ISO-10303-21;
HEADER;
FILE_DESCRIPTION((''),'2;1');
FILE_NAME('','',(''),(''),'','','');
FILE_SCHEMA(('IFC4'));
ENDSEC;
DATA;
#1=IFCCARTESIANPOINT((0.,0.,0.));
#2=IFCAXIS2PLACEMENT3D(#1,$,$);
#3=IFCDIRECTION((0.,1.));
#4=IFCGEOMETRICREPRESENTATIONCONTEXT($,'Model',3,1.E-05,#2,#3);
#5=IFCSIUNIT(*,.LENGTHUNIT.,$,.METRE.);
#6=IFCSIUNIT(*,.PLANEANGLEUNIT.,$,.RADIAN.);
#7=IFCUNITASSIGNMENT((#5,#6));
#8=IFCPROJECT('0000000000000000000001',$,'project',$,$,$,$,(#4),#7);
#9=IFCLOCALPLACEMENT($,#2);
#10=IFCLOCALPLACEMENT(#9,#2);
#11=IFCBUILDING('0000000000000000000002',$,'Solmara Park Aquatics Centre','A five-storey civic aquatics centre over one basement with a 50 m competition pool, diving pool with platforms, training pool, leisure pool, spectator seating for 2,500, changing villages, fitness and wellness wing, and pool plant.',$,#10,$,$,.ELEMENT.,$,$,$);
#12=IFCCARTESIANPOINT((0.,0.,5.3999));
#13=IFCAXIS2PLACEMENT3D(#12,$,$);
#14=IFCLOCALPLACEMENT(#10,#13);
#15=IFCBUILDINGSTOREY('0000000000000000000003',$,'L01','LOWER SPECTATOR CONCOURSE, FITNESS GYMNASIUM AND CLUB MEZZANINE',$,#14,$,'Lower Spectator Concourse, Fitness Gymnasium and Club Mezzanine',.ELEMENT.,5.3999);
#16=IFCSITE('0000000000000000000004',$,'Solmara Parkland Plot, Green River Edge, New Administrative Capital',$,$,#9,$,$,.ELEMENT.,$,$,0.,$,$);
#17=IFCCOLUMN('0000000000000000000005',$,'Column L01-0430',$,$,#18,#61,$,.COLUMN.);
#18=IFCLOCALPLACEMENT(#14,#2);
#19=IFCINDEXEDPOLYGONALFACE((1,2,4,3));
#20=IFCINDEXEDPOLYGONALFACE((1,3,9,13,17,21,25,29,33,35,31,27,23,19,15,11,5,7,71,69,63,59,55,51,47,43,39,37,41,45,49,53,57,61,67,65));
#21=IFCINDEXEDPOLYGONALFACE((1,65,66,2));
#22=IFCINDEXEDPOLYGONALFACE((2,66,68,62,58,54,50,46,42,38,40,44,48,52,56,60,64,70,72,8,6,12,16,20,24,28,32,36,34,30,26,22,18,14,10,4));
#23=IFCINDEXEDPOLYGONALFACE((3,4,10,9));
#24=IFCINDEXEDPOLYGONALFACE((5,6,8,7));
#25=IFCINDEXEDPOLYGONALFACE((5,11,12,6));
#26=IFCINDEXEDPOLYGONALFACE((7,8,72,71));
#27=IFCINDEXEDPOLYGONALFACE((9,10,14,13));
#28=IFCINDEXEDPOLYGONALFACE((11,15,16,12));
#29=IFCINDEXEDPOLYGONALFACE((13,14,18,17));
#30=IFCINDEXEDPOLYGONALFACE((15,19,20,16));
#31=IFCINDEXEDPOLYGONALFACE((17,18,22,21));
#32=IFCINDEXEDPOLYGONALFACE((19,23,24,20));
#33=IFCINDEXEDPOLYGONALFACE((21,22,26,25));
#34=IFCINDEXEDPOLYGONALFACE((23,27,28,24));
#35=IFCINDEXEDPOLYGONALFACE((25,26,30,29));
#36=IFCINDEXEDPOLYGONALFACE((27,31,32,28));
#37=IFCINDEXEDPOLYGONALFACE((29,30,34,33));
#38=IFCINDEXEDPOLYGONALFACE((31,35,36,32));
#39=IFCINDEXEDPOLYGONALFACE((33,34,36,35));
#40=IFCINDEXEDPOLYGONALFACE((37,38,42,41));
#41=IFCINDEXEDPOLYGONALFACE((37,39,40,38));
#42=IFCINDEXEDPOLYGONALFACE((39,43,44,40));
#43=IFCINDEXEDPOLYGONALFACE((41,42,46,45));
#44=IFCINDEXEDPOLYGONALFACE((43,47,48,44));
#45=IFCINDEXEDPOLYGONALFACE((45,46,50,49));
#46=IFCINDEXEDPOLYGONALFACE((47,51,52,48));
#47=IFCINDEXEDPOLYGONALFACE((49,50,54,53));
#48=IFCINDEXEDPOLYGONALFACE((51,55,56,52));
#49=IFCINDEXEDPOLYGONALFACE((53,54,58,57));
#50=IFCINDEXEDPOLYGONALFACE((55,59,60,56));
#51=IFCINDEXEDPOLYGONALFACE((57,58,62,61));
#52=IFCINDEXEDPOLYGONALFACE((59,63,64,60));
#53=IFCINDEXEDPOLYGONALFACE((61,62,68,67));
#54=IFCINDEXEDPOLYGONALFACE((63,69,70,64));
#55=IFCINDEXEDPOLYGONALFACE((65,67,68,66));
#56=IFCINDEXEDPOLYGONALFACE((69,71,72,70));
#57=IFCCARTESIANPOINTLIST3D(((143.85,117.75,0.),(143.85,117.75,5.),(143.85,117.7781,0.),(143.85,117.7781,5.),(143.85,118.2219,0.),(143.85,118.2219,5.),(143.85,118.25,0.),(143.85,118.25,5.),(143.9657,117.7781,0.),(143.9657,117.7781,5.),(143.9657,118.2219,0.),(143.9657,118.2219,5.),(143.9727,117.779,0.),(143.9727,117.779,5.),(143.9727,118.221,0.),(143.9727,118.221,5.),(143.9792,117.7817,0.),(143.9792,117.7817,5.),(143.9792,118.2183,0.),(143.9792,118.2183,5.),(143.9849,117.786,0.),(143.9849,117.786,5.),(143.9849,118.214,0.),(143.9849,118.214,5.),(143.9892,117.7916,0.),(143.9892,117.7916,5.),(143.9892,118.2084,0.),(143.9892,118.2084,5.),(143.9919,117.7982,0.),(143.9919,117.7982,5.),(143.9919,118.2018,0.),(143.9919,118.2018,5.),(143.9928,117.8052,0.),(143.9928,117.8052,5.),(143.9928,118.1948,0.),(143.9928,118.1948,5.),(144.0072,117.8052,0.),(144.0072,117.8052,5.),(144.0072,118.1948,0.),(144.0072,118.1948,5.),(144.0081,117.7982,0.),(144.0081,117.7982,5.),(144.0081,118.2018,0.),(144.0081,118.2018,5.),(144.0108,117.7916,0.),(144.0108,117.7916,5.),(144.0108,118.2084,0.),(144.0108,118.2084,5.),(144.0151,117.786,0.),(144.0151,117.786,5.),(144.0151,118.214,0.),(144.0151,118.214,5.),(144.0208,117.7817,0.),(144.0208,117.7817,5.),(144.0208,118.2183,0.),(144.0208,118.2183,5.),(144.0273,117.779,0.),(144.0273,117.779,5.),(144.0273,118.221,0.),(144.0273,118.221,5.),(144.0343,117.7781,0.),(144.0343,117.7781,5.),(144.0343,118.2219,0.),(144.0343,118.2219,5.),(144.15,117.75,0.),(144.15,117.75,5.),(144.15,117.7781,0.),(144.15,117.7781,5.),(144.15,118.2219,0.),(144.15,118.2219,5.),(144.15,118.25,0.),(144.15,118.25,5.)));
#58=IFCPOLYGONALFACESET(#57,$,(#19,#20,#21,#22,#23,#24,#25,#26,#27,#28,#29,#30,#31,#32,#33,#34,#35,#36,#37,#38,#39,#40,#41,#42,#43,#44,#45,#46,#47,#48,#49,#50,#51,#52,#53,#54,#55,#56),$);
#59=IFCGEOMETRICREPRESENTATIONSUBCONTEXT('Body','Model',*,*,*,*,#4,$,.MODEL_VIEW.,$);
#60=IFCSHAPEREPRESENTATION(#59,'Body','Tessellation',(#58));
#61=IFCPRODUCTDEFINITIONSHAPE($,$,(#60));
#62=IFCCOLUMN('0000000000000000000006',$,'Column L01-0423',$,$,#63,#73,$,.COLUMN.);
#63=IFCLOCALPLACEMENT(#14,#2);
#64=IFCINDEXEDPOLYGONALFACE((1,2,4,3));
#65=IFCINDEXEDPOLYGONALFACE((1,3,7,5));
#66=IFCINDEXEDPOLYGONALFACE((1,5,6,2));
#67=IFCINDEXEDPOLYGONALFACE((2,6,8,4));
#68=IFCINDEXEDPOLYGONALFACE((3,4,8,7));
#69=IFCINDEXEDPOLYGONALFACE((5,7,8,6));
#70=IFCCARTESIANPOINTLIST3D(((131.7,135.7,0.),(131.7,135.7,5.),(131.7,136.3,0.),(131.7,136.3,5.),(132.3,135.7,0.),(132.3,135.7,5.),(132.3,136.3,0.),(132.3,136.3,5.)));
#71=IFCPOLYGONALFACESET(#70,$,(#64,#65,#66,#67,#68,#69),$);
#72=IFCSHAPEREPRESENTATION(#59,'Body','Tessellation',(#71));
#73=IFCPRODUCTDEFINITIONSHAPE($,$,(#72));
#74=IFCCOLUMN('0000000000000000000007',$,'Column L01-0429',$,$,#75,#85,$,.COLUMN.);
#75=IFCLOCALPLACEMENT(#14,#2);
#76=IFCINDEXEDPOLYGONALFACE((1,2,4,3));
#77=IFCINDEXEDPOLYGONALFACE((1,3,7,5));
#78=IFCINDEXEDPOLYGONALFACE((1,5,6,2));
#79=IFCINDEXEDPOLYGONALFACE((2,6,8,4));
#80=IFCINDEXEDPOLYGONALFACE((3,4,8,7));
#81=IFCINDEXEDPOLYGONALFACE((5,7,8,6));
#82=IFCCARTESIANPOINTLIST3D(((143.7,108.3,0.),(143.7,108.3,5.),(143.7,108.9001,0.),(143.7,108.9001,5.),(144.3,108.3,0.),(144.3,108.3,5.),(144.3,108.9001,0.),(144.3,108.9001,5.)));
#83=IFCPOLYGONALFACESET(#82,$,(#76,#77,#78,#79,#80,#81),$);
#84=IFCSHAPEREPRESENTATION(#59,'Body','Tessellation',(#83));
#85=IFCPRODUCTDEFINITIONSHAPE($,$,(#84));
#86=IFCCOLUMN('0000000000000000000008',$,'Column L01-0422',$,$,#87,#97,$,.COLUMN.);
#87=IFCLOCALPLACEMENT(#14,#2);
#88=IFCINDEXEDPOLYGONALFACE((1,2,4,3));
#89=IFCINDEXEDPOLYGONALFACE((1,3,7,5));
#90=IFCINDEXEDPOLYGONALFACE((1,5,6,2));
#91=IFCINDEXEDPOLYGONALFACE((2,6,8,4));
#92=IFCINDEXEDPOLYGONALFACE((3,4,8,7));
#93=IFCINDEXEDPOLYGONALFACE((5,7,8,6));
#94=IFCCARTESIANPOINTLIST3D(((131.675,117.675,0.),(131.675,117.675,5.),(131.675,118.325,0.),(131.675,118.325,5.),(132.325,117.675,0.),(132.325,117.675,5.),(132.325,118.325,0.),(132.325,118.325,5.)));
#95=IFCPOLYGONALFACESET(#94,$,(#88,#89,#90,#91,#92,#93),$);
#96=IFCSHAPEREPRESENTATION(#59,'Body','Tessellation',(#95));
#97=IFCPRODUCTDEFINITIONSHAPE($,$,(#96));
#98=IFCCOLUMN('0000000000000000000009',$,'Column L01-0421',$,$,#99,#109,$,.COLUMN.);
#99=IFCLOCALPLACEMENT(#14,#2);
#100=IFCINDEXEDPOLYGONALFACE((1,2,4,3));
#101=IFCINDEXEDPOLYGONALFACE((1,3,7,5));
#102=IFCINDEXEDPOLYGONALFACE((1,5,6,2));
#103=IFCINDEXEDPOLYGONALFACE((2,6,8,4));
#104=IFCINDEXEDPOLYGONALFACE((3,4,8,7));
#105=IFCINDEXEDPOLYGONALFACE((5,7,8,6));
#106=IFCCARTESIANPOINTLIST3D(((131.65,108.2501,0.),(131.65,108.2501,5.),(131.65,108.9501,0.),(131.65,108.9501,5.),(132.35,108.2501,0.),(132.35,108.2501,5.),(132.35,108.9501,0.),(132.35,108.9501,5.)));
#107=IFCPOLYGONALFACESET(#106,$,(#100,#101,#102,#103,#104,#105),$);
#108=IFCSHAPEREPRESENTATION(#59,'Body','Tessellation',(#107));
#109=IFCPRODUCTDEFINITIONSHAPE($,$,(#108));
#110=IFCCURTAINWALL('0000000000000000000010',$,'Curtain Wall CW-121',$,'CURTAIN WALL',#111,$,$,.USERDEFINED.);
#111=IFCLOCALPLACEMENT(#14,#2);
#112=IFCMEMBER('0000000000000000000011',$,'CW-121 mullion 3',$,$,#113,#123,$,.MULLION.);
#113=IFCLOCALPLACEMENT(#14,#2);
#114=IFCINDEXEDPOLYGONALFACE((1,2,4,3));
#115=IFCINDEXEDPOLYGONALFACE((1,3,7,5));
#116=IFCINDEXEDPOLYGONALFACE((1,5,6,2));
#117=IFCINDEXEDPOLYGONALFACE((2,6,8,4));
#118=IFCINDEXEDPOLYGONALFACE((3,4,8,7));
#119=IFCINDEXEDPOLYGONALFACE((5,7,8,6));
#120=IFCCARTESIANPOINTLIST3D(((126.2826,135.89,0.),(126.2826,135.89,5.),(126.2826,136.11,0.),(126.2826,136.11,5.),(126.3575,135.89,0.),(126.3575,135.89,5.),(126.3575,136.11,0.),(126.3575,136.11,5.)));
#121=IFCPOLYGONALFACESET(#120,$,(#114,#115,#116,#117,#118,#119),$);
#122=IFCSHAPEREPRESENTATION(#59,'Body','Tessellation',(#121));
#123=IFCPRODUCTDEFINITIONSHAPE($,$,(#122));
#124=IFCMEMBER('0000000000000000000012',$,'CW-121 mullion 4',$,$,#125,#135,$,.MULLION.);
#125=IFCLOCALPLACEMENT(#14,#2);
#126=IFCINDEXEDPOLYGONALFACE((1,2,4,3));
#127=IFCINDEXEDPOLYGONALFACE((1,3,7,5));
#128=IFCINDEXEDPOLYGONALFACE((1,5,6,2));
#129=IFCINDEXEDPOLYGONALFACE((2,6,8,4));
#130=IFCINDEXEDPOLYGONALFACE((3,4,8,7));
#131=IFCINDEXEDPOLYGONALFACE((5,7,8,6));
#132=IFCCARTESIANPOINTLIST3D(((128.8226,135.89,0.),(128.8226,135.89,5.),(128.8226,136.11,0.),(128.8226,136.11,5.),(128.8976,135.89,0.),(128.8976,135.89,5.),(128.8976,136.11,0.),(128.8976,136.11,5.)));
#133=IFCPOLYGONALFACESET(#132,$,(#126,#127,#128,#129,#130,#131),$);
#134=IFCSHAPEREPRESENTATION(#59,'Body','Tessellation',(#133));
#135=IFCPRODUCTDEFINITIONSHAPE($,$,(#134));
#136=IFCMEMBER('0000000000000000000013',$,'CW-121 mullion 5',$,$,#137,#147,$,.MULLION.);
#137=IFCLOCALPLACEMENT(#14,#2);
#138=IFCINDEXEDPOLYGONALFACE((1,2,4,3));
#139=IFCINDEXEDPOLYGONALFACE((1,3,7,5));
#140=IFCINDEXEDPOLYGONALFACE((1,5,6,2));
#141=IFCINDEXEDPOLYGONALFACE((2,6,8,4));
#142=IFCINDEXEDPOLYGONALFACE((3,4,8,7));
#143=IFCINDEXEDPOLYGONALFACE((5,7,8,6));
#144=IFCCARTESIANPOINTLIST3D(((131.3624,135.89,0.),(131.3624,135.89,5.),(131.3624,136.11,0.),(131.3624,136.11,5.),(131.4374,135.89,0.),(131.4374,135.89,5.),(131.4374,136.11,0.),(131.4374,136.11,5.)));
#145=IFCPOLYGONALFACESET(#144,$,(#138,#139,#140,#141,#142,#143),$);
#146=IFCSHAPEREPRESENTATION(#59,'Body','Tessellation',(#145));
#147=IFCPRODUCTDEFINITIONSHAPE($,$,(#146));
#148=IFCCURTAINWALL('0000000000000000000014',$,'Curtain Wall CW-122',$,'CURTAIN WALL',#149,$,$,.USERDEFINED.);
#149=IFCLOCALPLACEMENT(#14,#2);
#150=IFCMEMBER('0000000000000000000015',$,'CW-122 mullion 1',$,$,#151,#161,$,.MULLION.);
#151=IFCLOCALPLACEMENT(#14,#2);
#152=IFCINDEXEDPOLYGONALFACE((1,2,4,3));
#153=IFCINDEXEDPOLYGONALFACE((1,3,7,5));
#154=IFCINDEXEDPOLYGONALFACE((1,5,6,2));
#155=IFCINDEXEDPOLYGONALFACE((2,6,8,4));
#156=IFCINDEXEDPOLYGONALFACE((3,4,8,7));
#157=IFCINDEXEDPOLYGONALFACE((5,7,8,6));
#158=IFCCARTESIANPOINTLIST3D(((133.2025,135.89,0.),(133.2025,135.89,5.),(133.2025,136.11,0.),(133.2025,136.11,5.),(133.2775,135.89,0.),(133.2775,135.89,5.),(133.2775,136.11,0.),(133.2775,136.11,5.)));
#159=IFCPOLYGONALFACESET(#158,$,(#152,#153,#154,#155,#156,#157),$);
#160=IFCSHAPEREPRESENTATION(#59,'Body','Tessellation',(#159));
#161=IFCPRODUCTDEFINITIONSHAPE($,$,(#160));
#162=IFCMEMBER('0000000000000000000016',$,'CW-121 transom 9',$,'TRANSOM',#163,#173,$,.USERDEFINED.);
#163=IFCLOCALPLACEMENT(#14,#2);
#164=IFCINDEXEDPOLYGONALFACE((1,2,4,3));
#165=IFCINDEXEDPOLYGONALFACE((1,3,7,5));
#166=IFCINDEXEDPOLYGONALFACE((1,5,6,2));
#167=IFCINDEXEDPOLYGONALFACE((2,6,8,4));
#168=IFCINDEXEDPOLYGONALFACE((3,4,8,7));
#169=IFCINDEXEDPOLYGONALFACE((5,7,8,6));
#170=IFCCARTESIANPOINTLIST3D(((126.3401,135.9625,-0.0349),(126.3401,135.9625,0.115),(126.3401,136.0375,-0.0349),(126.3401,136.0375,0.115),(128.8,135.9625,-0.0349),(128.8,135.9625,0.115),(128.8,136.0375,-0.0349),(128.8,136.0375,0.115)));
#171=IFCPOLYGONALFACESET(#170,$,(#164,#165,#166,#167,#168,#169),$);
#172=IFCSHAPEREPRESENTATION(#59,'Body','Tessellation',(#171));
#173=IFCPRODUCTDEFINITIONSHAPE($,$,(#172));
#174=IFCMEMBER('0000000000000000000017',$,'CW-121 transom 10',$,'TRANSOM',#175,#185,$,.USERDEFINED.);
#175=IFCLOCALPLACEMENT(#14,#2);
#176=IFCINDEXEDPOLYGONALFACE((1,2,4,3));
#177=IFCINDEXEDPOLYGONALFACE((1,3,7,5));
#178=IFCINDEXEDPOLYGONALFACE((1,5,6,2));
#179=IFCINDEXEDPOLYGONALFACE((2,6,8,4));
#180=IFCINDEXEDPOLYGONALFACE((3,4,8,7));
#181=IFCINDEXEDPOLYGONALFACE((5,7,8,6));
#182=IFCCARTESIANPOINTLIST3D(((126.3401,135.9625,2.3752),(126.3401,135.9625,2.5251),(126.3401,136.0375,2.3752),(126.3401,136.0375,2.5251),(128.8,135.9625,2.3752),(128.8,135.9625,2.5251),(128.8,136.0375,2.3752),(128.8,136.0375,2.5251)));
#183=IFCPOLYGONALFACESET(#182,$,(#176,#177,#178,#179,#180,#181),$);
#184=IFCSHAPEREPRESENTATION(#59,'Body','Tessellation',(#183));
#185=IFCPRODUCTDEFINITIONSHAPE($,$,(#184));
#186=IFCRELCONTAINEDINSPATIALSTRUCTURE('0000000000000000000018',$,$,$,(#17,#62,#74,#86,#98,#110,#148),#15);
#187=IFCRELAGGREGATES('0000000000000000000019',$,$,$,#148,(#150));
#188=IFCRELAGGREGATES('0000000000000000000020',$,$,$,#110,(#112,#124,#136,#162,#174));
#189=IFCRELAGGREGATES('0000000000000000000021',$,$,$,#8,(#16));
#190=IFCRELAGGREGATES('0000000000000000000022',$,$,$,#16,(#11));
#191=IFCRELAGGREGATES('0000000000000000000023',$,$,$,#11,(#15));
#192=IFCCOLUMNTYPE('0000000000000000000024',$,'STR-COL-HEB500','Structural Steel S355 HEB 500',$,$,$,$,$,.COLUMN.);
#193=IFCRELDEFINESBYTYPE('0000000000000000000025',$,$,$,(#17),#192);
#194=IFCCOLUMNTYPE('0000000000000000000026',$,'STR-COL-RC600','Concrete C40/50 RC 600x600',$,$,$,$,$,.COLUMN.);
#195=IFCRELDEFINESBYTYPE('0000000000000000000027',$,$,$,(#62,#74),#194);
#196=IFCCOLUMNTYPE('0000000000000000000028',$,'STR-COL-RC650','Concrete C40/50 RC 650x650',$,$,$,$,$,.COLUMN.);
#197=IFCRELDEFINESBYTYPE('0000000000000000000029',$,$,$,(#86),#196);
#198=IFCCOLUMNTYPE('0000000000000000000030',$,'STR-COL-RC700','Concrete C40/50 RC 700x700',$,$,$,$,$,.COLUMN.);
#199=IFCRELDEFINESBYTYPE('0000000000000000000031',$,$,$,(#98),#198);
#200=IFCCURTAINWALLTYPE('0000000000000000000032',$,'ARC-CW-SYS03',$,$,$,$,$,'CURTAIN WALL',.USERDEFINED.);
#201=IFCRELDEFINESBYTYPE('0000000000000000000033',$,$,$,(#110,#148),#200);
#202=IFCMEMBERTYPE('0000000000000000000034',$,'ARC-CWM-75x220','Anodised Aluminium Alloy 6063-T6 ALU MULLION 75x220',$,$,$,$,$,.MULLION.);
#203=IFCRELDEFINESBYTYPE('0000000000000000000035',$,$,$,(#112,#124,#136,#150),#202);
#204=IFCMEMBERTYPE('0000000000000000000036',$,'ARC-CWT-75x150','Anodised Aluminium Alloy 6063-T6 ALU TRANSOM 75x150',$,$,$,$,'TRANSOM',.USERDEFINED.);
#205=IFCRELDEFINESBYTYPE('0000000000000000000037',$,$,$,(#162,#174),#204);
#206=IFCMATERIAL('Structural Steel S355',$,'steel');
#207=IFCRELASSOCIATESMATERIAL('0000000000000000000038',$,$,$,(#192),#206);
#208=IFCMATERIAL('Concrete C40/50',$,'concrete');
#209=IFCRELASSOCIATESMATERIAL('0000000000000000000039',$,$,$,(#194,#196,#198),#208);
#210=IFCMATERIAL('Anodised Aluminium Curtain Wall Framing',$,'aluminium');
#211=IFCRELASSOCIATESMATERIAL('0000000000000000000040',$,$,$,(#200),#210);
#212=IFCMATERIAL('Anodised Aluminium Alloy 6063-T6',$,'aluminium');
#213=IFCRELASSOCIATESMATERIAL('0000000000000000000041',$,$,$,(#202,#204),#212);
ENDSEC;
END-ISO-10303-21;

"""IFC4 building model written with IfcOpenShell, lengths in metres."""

from ifc_helpers import new_model, si_unit, direction, frame, origin, origin_2d, place, context, subcontext, project, spatial, rectangle, i_section, extrude, material, material_profile, profile_set, type_object, element, aggregate, save


model = new_model("IFC4")

# Units and contexts
model_context = context("Model", 3, precision=1e-05, world=origin(), true_north=direction((0.0, 1.0)))
body_context = subcontext(model_context, "Body", "Model", "MODEL_VIEW")
ifc_project = project(units=[si_unit("LENGTHUNIT", "METRE"), si_unit("PLANEANGLEUNIT", "RADIAN")], contexts=[model_context])

# Site, building, storey
site_placement = place(None, origin())
site = spatial("IfcSite", under=ifc_project, at=site_placement, Name="Solmara Parkland Plot, Green River Edge, New Administrative Capital", CompositionType="ELEMENT", RefElevation=0.0)
building_placement = place(site_placement, origin())
building = spatial("IfcBuilding", under=site, at=building_placement, Name="Solmara Park Aquatics Centre", Description="A five-storey civic aquatics centre over one basement with a 50 m competition pool, diving pool with platforms, training pool, leisure pool, spectator seating for 2,500, changing villages, fitness and wellness wing, and pool plant.", CompositionType="ELEMENT")
storey_placement = place(building_placement, frame((0.0, 0.0, 5.3999)))
storey = spatial("IfcBuildingStorey", under=building, at=storey_placement, Name="L01", Description="LOWER SPECTATOR CONCOURSE, FITNESS GYMNASIUM AND CLUB MEZZANINE", LongName="Lower Spectator Concourse, Fitness Gymnasium and Club Mezzanine", CompositionType="ELEMENT", Elevation=5.3999)

# Columns
ifc_material_1 = material(Name="Structural Steel S355", Category="steel")
ifc_material_profile_1 = material_profile(ifc_material_1, i_section(OverallWidth=0.3, OverallDepth=0.5, WebThickness=0.0144, FlangeThickness=0.0281, FilletRadius=0.0271, at=origin_2d()), Name="HEB 500")
ifc_profile_set_1 = profile_set([ifc_material_profile_1], Name="Structural Steel S355")
column_type_1 = type_object("IfcColumnType", Name="STR-COL-HEB500", Description="Structural Steel S355 HEB 500", PredefinedType="COLUMN", material=ifc_profile_set_1)
column_1_placement = place(storey_placement, frame((144.0, 118.0, 0.0), z_axis=(0.0, 0.0, 1.0), x_axis=(1.0, 0.0, 0.0)))
element("IfcColumn", 1, at=column_1_placement, inside=storey, type_object=column_type_1, Name="Column L01-0430", PredefinedType="COLUMN", context=body_context, shape_type="SweptSolid", body=[
    extrude(i_section(OverallWidth=0.3, OverallDepth=0.5, WebThickness=0.0144, FlangeThickness=0.0281, FilletRadius=0.0271, at=origin_2d()), origin(), (0.0, 0.0, 1.0), 5.0),
])
ifc_material_2 = material(Name="Concrete C40/50", Category="concrete")
ifc_material_profile_2 = material_profile(ifc_material_2, rectangle(XDim=0.6001, YDim=0.6001, at=origin_2d()), Name="RC 600x600")
ifc_profile_set_2 = profile_set([ifc_material_profile_2], Name="Concrete C40/50")
column_type_2 = type_object("IfcColumnType", Name="STR-COL-RC600", Description="Concrete C40/50 RC 600x600", PredefinedType="COLUMN", material=ifc_profile_set_2)
for number, where, z_axis, x_axis, name in (
    (2, (132.0, 136.0, 0.0), (0.0, 0.0, 1.0), (1.0, 0.0, 0.0), "Column L01-0423"),
    (3, (144.0, 108.6001, 0.0), (0.0, 0.0, 1.0), (1.0, 0.0, 0.0), "Column L01-0429"),
):
    element("IfcColumn", number, at=place(storey_placement, frame(where, z_axis=z_axis, x_axis=x_axis)), inside=storey, type_object=column_type_2, Name=name, PredefinedType="COLUMN", context=body_context, shape_type="SweptSolid", body=[
        extrude(rectangle(XDim=0.6001, YDim=0.6001, at=origin_2d()), origin(), (0.0, 0.0, 1.0), 5.0),
    ])
ifc_material_profile_3 = material_profile(ifc_material_2, rectangle(XDim=0.6499, YDim=0.6499, at=origin_2d()), Name="RC 650x650")
ifc_profile_set_3 = profile_set([ifc_material_profile_3], Name="Concrete C40/50")
column_type_3 = type_object("IfcColumnType", Name="STR-COL-RC650", Description="Concrete C40/50 RC 650x650", PredefinedType="COLUMN", material=ifc_profile_set_3)
column_2_placement = place(storey_placement, frame((132.0, 118.0, 0.0), z_axis=(0.0, 0.0, 1.0), x_axis=(1.0, 0.0, 0.0)))
element("IfcColumn", 4, at=column_2_placement, inside=storey, type_object=column_type_3, Name="Column L01-0422", PredefinedType="COLUMN", context=body_context, shape_type="SweptSolid", body=[
    extrude(rectangle(XDim=0.6499, YDim=0.6499, at=origin_2d()), origin(), (0.0, 0.0, 1.0), 5.0),
])
ifc_material_profile_4 = material_profile(ifc_material_2, rectangle(XDim=0.7, YDim=0.7, at=origin_2d()), Name="RC 700x700")
ifc_profile_set_4 = profile_set([ifc_material_profile_4], Name="Concrete C40/50")
column_type_4 = type_object("IfcColumnType", Name="STR-COL-RC700", Description="Concrete C40/50 RC 700x700", PredefinedType="COLUMN", material=ifc_profile_set_4)
column_3_placement = place(storey_placement, frame((132.0, 108.6001, 0.0), z_axis=(0.0, 0.0, 1.0), x_axis=(1.0, 0.0, 0.0)))
element("IfcColumn", 5, at=column_3_placement, inside=storey, type_object=column_type_4, Name="Column L01-0421", PredefinedType="COLUMN", context=body_context, shape_type="SweptSolid", body=[
    extrude(rectangle(XDim=0.7, YDim=0.7, at=origin_2d()), origin(), (0.0, 0.0, 1.0), 5.0),
])

# Curtain wall, members
ifc_material_3 = material(Name="Anodised Aluminium Curtain Wall Framing", Category="aluminium")
curtain_wall_type = type_object("IfcCurtainWallType", Name="ARC-CW-SYS03", ElementType="CURTAIN WALL", PredefinedType="USERDEFINED", material=ifc_material_3)
curtain_wall_1_placement = place(storey_placement, origin())
curtain_wall_1 = element("IfcCurtainWall", 6, at=curtain_wall_1_placement, inside=storey, type_object=curtain_wall_type, Name="Curtain Wall CW-121", ObjectType="CURTAIN WALL", PredefinedType="USERDEFINED")
ifc_material_4 = material(Name="Anodised Aluminium Alloy 6063-T6", Category="aluminium")
ifc_material_profile_5 = material_profile(ifc_material_4, rectangle(XDim=0.075, YDim=0.22, at=origin_2d()), Name="ALU MULLION 75x220")
ifc_profile_set_5 = profile_set([ifc_material_profile_5], Name="Anodised Aluminium Alloy 6063-T6")
member_type_1 = type_object("IfcMemberType", Name="ARC-CWM-75x220", Description="Anodised Aluminium Alloy 6063-T6 ALU MULLION 75x220", PredefinedType="MULLION", material=ifc_profile_set_5)
member_1_placement = place(storey_placement, frame((126.3201, 136.0, 0.0), z_axis=(0.0, 0.0, 1.0), x_axis=(1.0, 0.0, 0.0)))
member_1 = element("IfcMember", 7, at=member_1_placement, type_object=member_type_1, Name="CW-121 mullion 3", PredefinedType="MULLION", context=body_context, shape_type="SweptSolid", body=[
    extrude(rectangle(XDim=0.075, YDim=0.22, at=origin_2d()), origin(), (0.0, 0.0, 1.0), 5.0),
])
member_2_placement = place(storey_placement, frame((128.8601, 136.0, 0.0), z_axis=(0.0, 0.0, 1.0), x_axis=(1.0, 0.0, 0.0)))
member_2 = element("IfcMember", 8, at=member_2_placement, type_object=member_type_1, Name="CW-121 mullion 4", PredefinedType="MULLION", context=body_context, shape_type="SweptSolid", body=[
    extrude(rectangle(XDim=0.075, YDim=0.22, at=origin_2d()), origin(), (0.0, 0.0, 1.0), 5.0),
])
member_3_placement = place(storey_placement, frame((131.3999, 136.0, 0.0), z_axis=(0.0, 0.0, 1.0), x_axis=(1.0, 0.0, 0.0)))
member_3 = element("IfcMember", 9, at=member_3_placement, type_object=member_type_1, Name="CW-121 mullion 5", PredefinedType="MULLION", context=body_context, shape_type="SweptSolid", body=[
    extrude(rectangle(XDim=0.075, YDim=0.22, at=origin_2d()), origin(), (0.0, 0.0, 1.0), 5.0),
])

# Curtain wall, member
curtain_wall_2_placement = place(storey_placement, origin())
curtain_wall_2 = element("IfcCurtainWall", 10, at=curtain_wall_2_placement, inside=storey, type_object=curtain_wall_type, Name="Curtain Wall CW-122", ObjectType="CURTAIN WALL", PredefinedType="USERDEFINED")
member_4_placement = place(storey_placement, frame((133.24, 136.0, 0.0), z_axis=(0.0, 0.0, 1.0), x_axis=(1.0, 0.0, 0.0)))
member_4 = element("IfcMember", 11, at=member_4_placement, type_object=member_type_1, Name="CW-122 mullion 1", PredefinedType="MULLION", context=body_context, shape_type="SweptSolid", body=[
    extrude(rectangle(XDim=0.075, YDim=0.22, at=origin_2d()), origin(), (0.0, 0.0, 1.0), 5.0),
])

# Members
ifc_material_profile_6 = material_profile(ifc_material_4, rectangle(XDim=0.075, YDim=0.1499, at=origin_2d()), Name="ALU TRANSOM 75x150")
ifc_profile_set_6 = profile_set([ifc_material_profile_6], Name="Anodised Aluminium Alloy 6063-T6")
member_type_2 = type_object("IfcMemberType", Name="ARC-CWT-75x150", Description="Anodised Aluminium Alloy 6063-T6 ALU TRANSOM 75x150", ElementType="TRANSOM", PredefinedType="USERDEFINED", material=ifc_profile_set_6)
member_5_placement = place(storey_placement, frame((126.3401, 136.0, 0.04), z_axis=(1.0, 0.0, 0.0), x_axis=(0.0, 1.0, 0.0)))
member_5 = element("IfcMember", 12, at=member_5_placement, type_object=member_type_2, Name="CW-121 transom 9", ObjectType="TRANSOM", PredefinedType="USERDEFINED", context=body_context, shape_type="SweptSolid", body=[
    extrude(rectangle(XDim=0.075, YDim=0.1499, at=origin_2d()), origin(), (0.0, 0.0, 1.0), 2.46),
])
member_6_placement = place(storey_placement, frame((126.3401, 136.0, 2.4502), z_axis=(1.0, 0.0, 0.0), x_axis=(0.0, 1.0, 0.0)))
member_6 = element("IfcMember", 13, at=member_6_placement, type_object=member_type_2, Name="CW-121 transom 10", ObjectType="TRANSOM", PredefinedType="USERDEFINED", context=body_context, shape_type="SweptSolid", body=[
    extrude(rectangle(XDim=0.075, YDim=0.1499, at=origin_2d()), origin(), (0.0, 0.0, 1.0), 2.46),
])
aggregate(curtain_wall_2, [member_4])

aggregate(curtain_wall_1, [member_1, member_2, member_3, member_5, member_6])

save(model, "model.ifc")
